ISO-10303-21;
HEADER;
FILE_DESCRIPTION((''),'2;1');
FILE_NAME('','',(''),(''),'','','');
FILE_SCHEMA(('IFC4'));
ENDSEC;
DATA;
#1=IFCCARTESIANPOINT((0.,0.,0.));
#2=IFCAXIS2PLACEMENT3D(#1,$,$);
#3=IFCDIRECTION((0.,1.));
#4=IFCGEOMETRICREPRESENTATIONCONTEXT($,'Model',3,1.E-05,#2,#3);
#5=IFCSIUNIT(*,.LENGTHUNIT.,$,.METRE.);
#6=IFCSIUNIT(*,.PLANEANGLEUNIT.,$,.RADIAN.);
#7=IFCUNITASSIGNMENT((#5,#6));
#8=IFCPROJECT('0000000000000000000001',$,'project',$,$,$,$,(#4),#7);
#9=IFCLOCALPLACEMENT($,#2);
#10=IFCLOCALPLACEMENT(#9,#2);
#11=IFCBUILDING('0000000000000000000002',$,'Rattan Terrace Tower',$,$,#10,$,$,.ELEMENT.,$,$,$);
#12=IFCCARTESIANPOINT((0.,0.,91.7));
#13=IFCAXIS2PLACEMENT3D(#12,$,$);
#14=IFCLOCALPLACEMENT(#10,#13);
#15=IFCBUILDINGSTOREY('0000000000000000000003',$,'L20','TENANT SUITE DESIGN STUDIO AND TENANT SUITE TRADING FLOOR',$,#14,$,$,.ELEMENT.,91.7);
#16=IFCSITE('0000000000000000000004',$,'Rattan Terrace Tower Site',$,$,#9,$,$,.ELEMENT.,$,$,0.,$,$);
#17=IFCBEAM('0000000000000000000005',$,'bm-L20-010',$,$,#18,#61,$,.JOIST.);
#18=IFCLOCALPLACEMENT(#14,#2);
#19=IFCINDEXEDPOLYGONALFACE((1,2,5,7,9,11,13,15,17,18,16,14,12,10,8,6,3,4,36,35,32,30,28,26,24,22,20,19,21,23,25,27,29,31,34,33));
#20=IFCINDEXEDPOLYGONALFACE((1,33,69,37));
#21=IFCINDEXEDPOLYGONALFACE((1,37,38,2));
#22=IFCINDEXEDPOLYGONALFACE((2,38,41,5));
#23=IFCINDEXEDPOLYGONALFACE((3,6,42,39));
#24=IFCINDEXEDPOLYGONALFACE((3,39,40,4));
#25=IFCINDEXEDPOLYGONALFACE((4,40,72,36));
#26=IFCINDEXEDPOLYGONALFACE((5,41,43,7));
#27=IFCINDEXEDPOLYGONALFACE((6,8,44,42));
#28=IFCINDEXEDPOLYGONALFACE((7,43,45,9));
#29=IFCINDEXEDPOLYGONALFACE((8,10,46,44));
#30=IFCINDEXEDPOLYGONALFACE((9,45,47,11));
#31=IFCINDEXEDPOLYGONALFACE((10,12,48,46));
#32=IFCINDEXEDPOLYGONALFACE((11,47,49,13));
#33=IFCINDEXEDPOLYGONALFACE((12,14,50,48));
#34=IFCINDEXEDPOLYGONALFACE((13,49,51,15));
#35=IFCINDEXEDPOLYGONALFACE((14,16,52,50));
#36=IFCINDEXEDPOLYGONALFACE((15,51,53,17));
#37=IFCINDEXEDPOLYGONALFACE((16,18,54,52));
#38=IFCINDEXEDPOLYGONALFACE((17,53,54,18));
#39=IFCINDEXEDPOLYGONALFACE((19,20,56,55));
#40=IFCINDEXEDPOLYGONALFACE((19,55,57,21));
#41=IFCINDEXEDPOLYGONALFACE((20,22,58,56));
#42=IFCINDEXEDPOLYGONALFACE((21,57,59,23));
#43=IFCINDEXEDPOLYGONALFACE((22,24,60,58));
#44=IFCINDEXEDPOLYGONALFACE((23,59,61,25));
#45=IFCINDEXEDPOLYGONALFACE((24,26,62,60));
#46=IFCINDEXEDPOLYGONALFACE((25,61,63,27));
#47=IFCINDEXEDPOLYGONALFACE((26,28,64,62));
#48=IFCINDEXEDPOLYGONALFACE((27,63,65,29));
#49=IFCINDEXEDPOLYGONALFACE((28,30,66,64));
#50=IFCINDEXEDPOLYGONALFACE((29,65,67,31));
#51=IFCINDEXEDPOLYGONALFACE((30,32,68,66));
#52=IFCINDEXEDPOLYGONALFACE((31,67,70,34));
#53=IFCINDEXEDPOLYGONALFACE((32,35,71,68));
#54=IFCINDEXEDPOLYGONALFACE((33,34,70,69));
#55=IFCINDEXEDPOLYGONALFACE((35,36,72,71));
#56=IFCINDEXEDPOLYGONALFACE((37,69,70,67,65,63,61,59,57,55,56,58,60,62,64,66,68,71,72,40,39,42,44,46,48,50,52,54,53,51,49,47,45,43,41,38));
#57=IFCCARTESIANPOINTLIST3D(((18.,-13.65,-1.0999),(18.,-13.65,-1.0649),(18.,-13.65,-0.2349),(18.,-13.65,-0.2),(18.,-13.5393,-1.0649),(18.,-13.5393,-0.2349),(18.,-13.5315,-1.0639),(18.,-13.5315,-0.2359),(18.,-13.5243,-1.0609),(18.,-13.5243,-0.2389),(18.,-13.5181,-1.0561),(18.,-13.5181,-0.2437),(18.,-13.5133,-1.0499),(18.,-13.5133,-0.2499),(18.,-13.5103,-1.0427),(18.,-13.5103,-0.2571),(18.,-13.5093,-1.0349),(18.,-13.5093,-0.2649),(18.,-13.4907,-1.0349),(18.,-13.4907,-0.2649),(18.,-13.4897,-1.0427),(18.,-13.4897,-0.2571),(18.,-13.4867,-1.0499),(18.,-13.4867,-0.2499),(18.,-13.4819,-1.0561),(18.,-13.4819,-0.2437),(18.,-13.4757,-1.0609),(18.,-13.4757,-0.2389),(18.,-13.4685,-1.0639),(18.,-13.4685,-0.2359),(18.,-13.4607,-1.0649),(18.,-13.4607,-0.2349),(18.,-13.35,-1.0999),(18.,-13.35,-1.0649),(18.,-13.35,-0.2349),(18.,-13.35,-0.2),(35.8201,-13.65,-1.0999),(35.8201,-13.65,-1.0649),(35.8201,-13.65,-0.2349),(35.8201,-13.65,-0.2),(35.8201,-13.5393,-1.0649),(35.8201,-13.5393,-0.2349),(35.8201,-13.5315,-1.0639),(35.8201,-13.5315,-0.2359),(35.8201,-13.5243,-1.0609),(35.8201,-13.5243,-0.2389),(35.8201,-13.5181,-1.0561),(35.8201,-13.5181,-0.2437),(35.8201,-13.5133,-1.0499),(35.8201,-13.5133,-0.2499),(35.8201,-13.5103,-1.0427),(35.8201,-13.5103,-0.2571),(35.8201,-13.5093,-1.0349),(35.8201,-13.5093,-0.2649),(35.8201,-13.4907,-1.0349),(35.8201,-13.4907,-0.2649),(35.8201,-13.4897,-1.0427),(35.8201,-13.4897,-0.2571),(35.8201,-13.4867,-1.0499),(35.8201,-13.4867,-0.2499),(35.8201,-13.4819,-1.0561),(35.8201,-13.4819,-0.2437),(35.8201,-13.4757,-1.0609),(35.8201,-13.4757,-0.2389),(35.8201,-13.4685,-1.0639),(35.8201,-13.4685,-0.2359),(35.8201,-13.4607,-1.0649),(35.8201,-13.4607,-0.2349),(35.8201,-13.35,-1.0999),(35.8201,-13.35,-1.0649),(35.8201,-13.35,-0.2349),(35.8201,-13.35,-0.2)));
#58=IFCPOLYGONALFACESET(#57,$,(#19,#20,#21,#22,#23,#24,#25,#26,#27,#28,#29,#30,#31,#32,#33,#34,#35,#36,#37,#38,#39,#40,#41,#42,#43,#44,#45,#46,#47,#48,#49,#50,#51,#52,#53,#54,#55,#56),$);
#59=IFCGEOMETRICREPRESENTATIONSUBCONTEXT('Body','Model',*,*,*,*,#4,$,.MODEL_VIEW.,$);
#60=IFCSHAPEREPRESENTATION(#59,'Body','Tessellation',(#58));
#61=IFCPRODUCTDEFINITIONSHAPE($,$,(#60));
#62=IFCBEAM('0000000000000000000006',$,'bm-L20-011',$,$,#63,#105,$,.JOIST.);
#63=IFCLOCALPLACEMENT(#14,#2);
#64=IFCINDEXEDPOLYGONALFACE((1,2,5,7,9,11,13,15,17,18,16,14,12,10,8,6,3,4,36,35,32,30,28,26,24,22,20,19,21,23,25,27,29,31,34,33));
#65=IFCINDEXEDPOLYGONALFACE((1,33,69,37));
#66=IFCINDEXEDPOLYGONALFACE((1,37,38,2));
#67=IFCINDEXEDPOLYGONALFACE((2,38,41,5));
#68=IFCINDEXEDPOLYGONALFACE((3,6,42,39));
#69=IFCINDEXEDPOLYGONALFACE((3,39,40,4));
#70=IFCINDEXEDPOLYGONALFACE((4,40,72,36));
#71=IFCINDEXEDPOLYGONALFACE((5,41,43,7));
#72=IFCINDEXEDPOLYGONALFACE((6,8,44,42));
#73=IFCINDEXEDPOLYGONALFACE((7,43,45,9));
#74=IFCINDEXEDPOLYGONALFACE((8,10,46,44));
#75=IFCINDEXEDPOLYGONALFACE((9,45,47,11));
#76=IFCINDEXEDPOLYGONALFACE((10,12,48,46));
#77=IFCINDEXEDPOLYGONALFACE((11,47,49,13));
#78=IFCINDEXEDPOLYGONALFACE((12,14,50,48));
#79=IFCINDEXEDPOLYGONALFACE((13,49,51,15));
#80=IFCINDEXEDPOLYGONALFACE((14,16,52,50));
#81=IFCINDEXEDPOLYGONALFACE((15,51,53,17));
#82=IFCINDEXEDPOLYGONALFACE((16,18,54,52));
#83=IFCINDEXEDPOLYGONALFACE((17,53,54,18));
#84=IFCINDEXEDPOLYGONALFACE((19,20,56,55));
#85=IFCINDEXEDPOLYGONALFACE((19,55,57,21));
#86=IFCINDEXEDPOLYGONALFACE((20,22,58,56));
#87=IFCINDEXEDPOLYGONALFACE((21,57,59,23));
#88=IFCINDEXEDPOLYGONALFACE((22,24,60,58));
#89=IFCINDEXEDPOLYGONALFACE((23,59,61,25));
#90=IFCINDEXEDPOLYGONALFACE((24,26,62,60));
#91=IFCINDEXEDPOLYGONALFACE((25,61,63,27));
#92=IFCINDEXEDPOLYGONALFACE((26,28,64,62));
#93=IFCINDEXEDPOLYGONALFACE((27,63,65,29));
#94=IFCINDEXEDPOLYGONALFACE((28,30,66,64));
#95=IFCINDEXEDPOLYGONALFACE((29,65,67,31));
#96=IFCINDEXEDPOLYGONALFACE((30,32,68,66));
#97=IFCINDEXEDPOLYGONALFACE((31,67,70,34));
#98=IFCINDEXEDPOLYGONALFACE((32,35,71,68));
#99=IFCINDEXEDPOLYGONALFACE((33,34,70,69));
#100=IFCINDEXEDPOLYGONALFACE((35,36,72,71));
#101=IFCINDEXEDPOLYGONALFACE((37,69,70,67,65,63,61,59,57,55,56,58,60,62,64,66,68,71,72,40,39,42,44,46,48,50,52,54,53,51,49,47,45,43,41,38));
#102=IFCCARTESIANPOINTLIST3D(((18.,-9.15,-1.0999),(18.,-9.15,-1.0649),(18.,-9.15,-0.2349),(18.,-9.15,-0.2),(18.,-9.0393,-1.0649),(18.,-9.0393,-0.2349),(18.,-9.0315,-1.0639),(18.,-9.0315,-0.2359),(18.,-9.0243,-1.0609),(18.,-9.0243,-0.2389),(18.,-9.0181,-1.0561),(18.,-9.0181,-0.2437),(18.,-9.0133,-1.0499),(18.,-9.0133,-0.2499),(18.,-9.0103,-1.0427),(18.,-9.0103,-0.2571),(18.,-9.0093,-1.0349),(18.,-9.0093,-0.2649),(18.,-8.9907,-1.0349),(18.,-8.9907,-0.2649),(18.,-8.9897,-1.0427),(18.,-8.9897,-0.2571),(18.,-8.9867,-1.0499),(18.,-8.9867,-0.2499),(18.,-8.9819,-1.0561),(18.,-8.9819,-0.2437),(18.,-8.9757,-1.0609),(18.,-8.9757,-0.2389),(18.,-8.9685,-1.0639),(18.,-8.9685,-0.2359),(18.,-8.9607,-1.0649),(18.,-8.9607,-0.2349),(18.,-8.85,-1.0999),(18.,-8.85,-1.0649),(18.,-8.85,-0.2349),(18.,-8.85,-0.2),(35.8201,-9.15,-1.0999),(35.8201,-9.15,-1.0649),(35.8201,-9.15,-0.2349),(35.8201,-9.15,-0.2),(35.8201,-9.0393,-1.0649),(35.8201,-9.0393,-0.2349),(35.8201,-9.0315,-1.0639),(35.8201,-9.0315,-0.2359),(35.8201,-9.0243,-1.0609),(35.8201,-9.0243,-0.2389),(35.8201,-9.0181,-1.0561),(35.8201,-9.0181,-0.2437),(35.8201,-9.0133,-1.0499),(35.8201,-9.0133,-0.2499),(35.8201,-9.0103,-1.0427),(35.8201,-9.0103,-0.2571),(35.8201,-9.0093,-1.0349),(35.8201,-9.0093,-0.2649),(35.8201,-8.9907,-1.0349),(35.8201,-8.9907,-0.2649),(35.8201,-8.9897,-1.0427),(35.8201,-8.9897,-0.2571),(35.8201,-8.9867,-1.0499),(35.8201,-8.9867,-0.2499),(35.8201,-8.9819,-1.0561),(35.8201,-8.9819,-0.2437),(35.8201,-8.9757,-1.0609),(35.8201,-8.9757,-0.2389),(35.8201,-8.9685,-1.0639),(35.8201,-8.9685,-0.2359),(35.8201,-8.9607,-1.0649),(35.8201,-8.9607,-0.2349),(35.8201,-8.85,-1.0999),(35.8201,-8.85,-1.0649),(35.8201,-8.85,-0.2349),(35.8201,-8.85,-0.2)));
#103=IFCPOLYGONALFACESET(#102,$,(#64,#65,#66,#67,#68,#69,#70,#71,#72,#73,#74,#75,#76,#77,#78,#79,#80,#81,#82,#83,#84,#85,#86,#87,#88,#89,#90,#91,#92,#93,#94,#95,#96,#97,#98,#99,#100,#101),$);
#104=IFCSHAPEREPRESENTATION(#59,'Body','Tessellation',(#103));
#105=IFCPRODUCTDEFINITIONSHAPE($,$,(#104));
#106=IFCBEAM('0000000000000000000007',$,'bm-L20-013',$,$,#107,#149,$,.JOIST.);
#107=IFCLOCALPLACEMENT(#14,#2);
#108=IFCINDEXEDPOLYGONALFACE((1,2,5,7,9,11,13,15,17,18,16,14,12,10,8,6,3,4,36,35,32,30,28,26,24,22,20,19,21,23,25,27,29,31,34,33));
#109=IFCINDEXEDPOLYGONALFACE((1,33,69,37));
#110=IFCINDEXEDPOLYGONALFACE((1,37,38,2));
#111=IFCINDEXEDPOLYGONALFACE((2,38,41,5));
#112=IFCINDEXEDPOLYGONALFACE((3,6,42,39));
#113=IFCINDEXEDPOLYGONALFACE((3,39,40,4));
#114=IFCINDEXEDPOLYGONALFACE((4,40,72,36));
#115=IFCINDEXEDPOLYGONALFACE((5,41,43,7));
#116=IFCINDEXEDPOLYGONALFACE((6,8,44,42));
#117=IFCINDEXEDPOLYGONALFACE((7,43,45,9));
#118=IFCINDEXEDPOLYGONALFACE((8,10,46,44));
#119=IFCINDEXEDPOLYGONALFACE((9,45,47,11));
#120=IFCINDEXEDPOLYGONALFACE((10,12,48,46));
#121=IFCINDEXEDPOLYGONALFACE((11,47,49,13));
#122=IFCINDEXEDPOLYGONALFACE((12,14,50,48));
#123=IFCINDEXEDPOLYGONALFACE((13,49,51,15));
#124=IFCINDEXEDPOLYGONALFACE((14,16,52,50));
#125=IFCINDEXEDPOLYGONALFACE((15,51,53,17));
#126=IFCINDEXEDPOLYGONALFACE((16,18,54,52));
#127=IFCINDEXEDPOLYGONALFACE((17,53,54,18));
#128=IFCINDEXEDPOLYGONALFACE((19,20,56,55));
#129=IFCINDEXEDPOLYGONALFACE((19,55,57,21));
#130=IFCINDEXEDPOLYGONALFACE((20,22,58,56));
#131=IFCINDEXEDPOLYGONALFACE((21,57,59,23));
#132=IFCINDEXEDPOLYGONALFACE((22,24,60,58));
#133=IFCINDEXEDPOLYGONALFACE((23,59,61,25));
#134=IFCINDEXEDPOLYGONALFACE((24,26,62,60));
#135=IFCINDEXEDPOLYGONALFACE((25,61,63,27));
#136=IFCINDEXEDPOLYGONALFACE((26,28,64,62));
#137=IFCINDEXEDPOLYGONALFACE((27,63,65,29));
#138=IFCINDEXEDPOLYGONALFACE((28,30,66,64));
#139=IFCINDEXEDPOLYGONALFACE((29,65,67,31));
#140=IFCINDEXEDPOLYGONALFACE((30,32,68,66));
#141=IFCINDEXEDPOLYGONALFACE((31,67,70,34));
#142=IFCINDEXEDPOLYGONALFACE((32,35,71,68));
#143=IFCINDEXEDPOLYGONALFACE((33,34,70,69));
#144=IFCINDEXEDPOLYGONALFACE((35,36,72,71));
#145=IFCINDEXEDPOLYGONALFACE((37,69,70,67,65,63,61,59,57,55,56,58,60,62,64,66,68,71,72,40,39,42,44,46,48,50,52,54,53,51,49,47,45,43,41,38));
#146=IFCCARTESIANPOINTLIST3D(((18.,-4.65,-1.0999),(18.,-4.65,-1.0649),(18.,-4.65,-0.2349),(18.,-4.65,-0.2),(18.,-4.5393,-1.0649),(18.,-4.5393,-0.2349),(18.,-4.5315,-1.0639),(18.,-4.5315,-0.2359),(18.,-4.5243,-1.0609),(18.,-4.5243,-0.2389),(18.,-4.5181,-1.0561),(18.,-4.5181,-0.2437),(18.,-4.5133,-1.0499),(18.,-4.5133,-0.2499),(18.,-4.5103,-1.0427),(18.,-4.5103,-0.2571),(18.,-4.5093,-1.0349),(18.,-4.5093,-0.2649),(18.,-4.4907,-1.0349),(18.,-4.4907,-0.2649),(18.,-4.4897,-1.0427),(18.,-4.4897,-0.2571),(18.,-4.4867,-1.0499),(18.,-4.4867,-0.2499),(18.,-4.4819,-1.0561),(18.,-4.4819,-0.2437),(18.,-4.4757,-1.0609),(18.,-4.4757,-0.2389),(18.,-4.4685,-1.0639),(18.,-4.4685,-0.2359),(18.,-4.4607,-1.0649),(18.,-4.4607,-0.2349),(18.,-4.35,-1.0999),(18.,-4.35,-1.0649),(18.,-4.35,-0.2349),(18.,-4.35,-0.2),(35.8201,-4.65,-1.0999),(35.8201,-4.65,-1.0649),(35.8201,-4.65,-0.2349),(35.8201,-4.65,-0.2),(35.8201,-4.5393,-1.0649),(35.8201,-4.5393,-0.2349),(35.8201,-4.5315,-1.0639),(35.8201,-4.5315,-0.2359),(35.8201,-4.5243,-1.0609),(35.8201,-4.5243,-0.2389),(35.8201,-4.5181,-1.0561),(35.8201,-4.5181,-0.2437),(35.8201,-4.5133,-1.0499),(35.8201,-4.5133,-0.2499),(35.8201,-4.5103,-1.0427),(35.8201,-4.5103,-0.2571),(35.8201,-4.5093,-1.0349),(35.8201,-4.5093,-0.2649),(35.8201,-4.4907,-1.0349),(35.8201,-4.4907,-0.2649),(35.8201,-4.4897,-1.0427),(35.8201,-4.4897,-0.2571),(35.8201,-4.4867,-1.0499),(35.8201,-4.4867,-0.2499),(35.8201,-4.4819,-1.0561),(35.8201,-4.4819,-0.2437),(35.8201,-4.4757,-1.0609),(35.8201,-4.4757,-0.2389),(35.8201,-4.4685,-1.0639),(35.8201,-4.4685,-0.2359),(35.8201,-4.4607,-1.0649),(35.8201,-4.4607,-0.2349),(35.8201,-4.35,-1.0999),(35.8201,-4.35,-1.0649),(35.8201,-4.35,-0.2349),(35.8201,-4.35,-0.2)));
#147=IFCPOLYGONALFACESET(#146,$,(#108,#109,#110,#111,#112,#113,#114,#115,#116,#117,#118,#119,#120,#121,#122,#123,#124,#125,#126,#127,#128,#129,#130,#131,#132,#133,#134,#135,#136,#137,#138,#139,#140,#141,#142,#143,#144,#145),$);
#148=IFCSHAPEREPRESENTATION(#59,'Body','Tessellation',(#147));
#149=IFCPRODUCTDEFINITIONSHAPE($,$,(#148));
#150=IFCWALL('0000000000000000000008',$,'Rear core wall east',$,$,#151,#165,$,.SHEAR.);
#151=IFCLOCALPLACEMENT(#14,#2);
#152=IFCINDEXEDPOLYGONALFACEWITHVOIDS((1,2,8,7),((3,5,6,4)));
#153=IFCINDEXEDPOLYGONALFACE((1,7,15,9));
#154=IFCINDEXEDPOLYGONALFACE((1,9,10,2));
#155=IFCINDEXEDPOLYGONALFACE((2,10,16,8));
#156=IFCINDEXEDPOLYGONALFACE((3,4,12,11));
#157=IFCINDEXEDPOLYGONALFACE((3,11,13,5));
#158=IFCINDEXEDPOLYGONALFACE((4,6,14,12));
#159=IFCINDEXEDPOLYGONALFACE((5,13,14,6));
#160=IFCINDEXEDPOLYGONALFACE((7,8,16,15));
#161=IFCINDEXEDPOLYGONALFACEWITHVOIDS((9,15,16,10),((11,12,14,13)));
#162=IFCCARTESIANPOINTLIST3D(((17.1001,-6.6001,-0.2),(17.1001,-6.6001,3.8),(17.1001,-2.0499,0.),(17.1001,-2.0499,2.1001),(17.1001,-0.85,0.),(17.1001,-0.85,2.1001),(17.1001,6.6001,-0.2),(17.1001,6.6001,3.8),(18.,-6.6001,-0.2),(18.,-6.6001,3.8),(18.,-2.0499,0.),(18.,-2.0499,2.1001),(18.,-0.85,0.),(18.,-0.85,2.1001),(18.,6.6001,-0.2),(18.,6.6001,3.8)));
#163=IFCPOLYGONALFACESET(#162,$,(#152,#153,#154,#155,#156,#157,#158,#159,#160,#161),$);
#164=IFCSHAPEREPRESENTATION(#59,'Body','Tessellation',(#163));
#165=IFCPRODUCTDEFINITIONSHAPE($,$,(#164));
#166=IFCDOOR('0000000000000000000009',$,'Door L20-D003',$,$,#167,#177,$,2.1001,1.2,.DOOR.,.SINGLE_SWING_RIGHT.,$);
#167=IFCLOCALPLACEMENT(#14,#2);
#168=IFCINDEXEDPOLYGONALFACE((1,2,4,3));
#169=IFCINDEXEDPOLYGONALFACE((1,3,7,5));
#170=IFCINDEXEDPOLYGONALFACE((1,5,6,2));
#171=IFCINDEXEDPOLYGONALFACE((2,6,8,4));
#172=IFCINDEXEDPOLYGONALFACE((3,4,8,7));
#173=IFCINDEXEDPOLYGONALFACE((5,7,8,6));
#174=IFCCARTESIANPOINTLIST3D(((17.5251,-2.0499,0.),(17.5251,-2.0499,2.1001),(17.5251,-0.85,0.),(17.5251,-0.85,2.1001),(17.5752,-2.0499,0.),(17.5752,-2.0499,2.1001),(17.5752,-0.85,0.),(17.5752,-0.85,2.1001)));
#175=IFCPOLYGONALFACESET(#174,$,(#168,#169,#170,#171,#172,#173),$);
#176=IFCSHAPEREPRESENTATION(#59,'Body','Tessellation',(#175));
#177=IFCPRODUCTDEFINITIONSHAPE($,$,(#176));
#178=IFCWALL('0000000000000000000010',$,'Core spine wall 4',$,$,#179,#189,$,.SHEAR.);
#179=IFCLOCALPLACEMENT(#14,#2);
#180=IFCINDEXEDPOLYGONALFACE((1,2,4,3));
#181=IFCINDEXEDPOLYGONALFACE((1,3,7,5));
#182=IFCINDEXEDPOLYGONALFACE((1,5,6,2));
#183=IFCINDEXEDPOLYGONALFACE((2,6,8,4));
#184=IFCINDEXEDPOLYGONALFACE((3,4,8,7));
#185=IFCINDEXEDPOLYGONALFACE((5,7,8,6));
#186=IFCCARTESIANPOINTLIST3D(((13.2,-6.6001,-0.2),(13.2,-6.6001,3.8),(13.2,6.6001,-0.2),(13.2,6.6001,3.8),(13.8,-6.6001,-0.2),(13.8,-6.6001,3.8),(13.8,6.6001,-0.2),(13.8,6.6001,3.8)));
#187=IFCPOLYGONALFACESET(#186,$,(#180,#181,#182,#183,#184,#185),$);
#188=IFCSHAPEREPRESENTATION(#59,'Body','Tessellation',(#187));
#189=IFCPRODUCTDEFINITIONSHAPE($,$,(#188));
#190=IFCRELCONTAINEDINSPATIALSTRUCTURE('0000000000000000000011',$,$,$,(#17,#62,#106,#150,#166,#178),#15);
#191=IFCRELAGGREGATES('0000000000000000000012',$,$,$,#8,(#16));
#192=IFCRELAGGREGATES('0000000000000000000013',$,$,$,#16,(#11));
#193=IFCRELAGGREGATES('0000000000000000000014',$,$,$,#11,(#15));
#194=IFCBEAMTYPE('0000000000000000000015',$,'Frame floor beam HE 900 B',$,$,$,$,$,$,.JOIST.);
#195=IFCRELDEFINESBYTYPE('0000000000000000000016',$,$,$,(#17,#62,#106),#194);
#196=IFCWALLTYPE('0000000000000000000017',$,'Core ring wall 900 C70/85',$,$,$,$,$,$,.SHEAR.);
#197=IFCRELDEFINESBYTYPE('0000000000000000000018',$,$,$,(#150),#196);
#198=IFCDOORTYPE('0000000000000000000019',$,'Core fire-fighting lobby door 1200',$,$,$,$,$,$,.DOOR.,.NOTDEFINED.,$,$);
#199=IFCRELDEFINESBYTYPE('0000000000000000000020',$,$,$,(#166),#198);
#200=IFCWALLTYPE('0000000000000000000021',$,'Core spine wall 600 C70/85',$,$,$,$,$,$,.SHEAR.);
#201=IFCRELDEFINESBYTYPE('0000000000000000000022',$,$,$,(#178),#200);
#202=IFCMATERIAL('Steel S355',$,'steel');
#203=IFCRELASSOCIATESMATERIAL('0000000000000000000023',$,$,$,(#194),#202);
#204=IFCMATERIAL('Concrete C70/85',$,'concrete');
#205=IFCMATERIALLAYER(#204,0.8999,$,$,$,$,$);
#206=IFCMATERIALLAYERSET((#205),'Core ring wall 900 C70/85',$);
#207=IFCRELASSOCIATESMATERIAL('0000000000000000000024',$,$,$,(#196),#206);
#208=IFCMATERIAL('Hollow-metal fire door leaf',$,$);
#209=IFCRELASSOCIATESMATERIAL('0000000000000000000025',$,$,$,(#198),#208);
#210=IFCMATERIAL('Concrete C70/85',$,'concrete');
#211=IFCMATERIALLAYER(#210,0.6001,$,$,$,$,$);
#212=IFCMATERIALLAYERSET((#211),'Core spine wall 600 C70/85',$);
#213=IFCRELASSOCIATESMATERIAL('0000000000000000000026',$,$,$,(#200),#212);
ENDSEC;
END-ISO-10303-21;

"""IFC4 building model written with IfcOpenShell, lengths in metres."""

from ifc_helpers import new_model, si_unit, direction, frame, frame_2d, origin, origin_2d, place, context, subcontext, project, spatial, rectangle, i_section, extrude, material, layer, layer_set, material_profile, profile_set, type_object, element, fill, save


model = new_model("IFC4")

# Units and contexts
model_context = context("Model", 3, precision=1e-05, world=origin(), true_north=direction((0.0, 1.0)))
body_context = subcontext(model_context, "Body", "Model", "MODEL_VIEW")
ifc_project = project(units=[si_unit("LENGTHUNIT", "METRE"), si_unit("PLANEANGLEUNIT", "RADIAN")], contexts=[model_context])

# Site, building, storey
site_placement = place(None, origin())
site = spatial("IfcSite", under=ifc_project, at=site_placement, Name="Rattan Terrace Tower Site", CompositionType="ELEMENT", RefElevation=0.0)
building_placement = place(site_placement, origin())
building = spatial("IfcBuilding", under=site, at=building_placement, Name="Rattan Terrace Tower", CompositionType="ELEMENT")
storey_placement = place(building_placement, frame((0.0, 0.0, 91.7)))
storey = spatial("IfcBuildingStorey", under=building, at=storey_placement, Name="L20", Description="TENANT SUITE DESIGN STUDIO AND TENANT SUITE TRADING FLOOR", CompositionType="ELEMENT", Elevation=91.7)

# Beams
ifc_material_1 = material(Name="Steel S355", Category="steel")
ifc_material_profile = material_profile(ifc_material_1, i_section(OverallWidth=0.3, OverallDepth=0.8999, WebThickness=0.0186, FlangeThickness=0.0349, FilletRadius=0.03, at=origin_2d()), Name="HE 900 B")
ifc_profile_set = profile_set([ifc_material_profile], Name="Steel S355")
beam_type = type_object("IfcBeamType", Name="Frame floor beam HE 900 B", PredefinedType="JOIST", material=ifc_profile_set)
for number, where, z_axis, x_axis, name in (
    (1, (18.0, -13.5, -0.6499), (1.0, 0.0, 0.0), (0.0, 1.0, 0.0), "bm-L20-010"),
    (2, (18.0, -9.0, -0.6499), (1.0, 0.0, 0.0), (0.0, 1.0, 0.0), "bm-L20-011"),
    (3, (18.0, -4.5, -0.6499), (1.0, 0.0, 0.0), (0.0, 1.0, 0.0), "bm-L20-013"),
):
    element("IfcBeam", number, at=place(storey_placement, frame(where, z_axis=z_axis, x_axis=x_axis)), inside=storey, type_object=beam_type, Name=name, PredefinedType="JOIST", context=body_context, shape_type="SweptSolid", body=[
        extrude(i_section(OverallWidth=0.3, OverallDepth=0.8999, WebThickness=0.0186, FlangeThickness=0.0349, FilletRadius=0.03, at=origin_2d()), origin(), (0.0, 0.0, 1.0), 17.8201),
    ])

# Wall, opening, door
ifc_material_2 = material(Name="Concrete C70/85", Category="concrete")
ifc_layer_1 = layer(ifc_material_2, 0.8999)
ifc_layer_set_1 = layer_set([ifc_layer_1], Name="Core ring wall 900 C70/85")
wall_type_1 = type_object("IfcWallType", Name="Core ring wall 900 C70/85", PredefinedType="SHEAR", material=ifc_layer_set_1)
wall_1_placement = place(storey_placement, frame((17.55, -6.6001, -0.2), z_axis=(0.0, 0.0, 1.0), x_axis=(0.0, 1.0, 0.0)))
wall_1 = element("IfcWall", 4, at=wall_1_placement, inside=storey, type_object=wall_type_1, Name="Rear core wall east", PredefinedType="SHEAR", context=body_context, shape_type="SweptSolid", body=[
    extrude(rectangle(XDim=13.2002, YDim=0.8999, at=frame_2d((6.6001, 0.0))), origin(), (0.0, 0.0, 1.0), 4.0),
])
opening_1_placement = place(wall_1_placement, frame((4.55, 0.0, 0.2)))
opening_1 = element("IfcOpeningElement", 5, at=opening_1_placement, cuts=wall_1, PredefinedType="OPENING", context=body_context, shape_type="SweptSolid", body=[
    extrude(rectangle(XDim=1.2, YDim=2.1001, at=frame_2d((0.6001, 1.05))), frame((0.0, 0.4604, 0.0), z_axis=(0.0, -1.0, 0.0), x_axis=(1.0, 0.0, 0.0)), (0.0, 0.0, 1.0), 0.9209),
])
ifc_material_3 = material(Name="Hollow-metal fire door leaf")
door_type_1 = type_object("IfcDoorType", Name="Core fire-fighting lobby door 1200", OperationType="NOTDEFINED", PredefinedType="DOOR", material=ifc_material_3)
door_1_placement = place(opening_1_placement, origin())
door_1 = element("IfcDoor", 6, at=door_1_placement, inside=storey, type_object=door_type_1, Name="Door L20-D003", OperationType="SINGLE_SWING_RIGHT", OverallHeight=2.1001, OverallWidth=1.2, PredefinedType="DOOR", context=body_context, shape_type="SweptSolid", body=[
    extrude(rectangle(XDim=1.2, YDim=2.1001, at=frame_2d((0.6001, 1.05))), frame((0.0, 0.0249, 0.0), z_axis=(0.0, -1.0, 0.0), x_axis=(1.0, 0.0, 0.0)), (0.0, 0.0, 1.0), 0.05),
])
fill(opening_1, door_1)

# Wall
ifc_material_4 = material(Name="Concrete C70/85", Category="concrete")
ifc_layer_2 = layer(ifc_material_4, 0.6001)
ifc_layer_set_2 = layer_set([ifc_layer_2], Name="Core spine wall 600 C70/85")
wall_type_2 = type_object("IfcWallType", Name="Core spine wall 600 C70/85", PredefinedType="SHEAR", material=ifc_layer_set_2)
wall_2_placement = place(storey_placement, frame((13.5, -6.6001, -0.2), z_axis=(0.0, 0.0, 1.0), x_axis=(0.0, 1.0, 0.0)))
element("IfcWall", 7, at=wall_2_placement, inside=storey, type_object=wall_type_2, Name="Core spine wall 4", PredefinedType="SHEAR", context=body_context, shape_type="SweptSolid", body=[
    extrude(rectangle(XDim=13.2002, YDim=0.6001, at=frame_2d((6.6001, 0.0))), origin(), (0.0, 0.0, 1.0), 4.0),
])

save(model, "model.ifc")
